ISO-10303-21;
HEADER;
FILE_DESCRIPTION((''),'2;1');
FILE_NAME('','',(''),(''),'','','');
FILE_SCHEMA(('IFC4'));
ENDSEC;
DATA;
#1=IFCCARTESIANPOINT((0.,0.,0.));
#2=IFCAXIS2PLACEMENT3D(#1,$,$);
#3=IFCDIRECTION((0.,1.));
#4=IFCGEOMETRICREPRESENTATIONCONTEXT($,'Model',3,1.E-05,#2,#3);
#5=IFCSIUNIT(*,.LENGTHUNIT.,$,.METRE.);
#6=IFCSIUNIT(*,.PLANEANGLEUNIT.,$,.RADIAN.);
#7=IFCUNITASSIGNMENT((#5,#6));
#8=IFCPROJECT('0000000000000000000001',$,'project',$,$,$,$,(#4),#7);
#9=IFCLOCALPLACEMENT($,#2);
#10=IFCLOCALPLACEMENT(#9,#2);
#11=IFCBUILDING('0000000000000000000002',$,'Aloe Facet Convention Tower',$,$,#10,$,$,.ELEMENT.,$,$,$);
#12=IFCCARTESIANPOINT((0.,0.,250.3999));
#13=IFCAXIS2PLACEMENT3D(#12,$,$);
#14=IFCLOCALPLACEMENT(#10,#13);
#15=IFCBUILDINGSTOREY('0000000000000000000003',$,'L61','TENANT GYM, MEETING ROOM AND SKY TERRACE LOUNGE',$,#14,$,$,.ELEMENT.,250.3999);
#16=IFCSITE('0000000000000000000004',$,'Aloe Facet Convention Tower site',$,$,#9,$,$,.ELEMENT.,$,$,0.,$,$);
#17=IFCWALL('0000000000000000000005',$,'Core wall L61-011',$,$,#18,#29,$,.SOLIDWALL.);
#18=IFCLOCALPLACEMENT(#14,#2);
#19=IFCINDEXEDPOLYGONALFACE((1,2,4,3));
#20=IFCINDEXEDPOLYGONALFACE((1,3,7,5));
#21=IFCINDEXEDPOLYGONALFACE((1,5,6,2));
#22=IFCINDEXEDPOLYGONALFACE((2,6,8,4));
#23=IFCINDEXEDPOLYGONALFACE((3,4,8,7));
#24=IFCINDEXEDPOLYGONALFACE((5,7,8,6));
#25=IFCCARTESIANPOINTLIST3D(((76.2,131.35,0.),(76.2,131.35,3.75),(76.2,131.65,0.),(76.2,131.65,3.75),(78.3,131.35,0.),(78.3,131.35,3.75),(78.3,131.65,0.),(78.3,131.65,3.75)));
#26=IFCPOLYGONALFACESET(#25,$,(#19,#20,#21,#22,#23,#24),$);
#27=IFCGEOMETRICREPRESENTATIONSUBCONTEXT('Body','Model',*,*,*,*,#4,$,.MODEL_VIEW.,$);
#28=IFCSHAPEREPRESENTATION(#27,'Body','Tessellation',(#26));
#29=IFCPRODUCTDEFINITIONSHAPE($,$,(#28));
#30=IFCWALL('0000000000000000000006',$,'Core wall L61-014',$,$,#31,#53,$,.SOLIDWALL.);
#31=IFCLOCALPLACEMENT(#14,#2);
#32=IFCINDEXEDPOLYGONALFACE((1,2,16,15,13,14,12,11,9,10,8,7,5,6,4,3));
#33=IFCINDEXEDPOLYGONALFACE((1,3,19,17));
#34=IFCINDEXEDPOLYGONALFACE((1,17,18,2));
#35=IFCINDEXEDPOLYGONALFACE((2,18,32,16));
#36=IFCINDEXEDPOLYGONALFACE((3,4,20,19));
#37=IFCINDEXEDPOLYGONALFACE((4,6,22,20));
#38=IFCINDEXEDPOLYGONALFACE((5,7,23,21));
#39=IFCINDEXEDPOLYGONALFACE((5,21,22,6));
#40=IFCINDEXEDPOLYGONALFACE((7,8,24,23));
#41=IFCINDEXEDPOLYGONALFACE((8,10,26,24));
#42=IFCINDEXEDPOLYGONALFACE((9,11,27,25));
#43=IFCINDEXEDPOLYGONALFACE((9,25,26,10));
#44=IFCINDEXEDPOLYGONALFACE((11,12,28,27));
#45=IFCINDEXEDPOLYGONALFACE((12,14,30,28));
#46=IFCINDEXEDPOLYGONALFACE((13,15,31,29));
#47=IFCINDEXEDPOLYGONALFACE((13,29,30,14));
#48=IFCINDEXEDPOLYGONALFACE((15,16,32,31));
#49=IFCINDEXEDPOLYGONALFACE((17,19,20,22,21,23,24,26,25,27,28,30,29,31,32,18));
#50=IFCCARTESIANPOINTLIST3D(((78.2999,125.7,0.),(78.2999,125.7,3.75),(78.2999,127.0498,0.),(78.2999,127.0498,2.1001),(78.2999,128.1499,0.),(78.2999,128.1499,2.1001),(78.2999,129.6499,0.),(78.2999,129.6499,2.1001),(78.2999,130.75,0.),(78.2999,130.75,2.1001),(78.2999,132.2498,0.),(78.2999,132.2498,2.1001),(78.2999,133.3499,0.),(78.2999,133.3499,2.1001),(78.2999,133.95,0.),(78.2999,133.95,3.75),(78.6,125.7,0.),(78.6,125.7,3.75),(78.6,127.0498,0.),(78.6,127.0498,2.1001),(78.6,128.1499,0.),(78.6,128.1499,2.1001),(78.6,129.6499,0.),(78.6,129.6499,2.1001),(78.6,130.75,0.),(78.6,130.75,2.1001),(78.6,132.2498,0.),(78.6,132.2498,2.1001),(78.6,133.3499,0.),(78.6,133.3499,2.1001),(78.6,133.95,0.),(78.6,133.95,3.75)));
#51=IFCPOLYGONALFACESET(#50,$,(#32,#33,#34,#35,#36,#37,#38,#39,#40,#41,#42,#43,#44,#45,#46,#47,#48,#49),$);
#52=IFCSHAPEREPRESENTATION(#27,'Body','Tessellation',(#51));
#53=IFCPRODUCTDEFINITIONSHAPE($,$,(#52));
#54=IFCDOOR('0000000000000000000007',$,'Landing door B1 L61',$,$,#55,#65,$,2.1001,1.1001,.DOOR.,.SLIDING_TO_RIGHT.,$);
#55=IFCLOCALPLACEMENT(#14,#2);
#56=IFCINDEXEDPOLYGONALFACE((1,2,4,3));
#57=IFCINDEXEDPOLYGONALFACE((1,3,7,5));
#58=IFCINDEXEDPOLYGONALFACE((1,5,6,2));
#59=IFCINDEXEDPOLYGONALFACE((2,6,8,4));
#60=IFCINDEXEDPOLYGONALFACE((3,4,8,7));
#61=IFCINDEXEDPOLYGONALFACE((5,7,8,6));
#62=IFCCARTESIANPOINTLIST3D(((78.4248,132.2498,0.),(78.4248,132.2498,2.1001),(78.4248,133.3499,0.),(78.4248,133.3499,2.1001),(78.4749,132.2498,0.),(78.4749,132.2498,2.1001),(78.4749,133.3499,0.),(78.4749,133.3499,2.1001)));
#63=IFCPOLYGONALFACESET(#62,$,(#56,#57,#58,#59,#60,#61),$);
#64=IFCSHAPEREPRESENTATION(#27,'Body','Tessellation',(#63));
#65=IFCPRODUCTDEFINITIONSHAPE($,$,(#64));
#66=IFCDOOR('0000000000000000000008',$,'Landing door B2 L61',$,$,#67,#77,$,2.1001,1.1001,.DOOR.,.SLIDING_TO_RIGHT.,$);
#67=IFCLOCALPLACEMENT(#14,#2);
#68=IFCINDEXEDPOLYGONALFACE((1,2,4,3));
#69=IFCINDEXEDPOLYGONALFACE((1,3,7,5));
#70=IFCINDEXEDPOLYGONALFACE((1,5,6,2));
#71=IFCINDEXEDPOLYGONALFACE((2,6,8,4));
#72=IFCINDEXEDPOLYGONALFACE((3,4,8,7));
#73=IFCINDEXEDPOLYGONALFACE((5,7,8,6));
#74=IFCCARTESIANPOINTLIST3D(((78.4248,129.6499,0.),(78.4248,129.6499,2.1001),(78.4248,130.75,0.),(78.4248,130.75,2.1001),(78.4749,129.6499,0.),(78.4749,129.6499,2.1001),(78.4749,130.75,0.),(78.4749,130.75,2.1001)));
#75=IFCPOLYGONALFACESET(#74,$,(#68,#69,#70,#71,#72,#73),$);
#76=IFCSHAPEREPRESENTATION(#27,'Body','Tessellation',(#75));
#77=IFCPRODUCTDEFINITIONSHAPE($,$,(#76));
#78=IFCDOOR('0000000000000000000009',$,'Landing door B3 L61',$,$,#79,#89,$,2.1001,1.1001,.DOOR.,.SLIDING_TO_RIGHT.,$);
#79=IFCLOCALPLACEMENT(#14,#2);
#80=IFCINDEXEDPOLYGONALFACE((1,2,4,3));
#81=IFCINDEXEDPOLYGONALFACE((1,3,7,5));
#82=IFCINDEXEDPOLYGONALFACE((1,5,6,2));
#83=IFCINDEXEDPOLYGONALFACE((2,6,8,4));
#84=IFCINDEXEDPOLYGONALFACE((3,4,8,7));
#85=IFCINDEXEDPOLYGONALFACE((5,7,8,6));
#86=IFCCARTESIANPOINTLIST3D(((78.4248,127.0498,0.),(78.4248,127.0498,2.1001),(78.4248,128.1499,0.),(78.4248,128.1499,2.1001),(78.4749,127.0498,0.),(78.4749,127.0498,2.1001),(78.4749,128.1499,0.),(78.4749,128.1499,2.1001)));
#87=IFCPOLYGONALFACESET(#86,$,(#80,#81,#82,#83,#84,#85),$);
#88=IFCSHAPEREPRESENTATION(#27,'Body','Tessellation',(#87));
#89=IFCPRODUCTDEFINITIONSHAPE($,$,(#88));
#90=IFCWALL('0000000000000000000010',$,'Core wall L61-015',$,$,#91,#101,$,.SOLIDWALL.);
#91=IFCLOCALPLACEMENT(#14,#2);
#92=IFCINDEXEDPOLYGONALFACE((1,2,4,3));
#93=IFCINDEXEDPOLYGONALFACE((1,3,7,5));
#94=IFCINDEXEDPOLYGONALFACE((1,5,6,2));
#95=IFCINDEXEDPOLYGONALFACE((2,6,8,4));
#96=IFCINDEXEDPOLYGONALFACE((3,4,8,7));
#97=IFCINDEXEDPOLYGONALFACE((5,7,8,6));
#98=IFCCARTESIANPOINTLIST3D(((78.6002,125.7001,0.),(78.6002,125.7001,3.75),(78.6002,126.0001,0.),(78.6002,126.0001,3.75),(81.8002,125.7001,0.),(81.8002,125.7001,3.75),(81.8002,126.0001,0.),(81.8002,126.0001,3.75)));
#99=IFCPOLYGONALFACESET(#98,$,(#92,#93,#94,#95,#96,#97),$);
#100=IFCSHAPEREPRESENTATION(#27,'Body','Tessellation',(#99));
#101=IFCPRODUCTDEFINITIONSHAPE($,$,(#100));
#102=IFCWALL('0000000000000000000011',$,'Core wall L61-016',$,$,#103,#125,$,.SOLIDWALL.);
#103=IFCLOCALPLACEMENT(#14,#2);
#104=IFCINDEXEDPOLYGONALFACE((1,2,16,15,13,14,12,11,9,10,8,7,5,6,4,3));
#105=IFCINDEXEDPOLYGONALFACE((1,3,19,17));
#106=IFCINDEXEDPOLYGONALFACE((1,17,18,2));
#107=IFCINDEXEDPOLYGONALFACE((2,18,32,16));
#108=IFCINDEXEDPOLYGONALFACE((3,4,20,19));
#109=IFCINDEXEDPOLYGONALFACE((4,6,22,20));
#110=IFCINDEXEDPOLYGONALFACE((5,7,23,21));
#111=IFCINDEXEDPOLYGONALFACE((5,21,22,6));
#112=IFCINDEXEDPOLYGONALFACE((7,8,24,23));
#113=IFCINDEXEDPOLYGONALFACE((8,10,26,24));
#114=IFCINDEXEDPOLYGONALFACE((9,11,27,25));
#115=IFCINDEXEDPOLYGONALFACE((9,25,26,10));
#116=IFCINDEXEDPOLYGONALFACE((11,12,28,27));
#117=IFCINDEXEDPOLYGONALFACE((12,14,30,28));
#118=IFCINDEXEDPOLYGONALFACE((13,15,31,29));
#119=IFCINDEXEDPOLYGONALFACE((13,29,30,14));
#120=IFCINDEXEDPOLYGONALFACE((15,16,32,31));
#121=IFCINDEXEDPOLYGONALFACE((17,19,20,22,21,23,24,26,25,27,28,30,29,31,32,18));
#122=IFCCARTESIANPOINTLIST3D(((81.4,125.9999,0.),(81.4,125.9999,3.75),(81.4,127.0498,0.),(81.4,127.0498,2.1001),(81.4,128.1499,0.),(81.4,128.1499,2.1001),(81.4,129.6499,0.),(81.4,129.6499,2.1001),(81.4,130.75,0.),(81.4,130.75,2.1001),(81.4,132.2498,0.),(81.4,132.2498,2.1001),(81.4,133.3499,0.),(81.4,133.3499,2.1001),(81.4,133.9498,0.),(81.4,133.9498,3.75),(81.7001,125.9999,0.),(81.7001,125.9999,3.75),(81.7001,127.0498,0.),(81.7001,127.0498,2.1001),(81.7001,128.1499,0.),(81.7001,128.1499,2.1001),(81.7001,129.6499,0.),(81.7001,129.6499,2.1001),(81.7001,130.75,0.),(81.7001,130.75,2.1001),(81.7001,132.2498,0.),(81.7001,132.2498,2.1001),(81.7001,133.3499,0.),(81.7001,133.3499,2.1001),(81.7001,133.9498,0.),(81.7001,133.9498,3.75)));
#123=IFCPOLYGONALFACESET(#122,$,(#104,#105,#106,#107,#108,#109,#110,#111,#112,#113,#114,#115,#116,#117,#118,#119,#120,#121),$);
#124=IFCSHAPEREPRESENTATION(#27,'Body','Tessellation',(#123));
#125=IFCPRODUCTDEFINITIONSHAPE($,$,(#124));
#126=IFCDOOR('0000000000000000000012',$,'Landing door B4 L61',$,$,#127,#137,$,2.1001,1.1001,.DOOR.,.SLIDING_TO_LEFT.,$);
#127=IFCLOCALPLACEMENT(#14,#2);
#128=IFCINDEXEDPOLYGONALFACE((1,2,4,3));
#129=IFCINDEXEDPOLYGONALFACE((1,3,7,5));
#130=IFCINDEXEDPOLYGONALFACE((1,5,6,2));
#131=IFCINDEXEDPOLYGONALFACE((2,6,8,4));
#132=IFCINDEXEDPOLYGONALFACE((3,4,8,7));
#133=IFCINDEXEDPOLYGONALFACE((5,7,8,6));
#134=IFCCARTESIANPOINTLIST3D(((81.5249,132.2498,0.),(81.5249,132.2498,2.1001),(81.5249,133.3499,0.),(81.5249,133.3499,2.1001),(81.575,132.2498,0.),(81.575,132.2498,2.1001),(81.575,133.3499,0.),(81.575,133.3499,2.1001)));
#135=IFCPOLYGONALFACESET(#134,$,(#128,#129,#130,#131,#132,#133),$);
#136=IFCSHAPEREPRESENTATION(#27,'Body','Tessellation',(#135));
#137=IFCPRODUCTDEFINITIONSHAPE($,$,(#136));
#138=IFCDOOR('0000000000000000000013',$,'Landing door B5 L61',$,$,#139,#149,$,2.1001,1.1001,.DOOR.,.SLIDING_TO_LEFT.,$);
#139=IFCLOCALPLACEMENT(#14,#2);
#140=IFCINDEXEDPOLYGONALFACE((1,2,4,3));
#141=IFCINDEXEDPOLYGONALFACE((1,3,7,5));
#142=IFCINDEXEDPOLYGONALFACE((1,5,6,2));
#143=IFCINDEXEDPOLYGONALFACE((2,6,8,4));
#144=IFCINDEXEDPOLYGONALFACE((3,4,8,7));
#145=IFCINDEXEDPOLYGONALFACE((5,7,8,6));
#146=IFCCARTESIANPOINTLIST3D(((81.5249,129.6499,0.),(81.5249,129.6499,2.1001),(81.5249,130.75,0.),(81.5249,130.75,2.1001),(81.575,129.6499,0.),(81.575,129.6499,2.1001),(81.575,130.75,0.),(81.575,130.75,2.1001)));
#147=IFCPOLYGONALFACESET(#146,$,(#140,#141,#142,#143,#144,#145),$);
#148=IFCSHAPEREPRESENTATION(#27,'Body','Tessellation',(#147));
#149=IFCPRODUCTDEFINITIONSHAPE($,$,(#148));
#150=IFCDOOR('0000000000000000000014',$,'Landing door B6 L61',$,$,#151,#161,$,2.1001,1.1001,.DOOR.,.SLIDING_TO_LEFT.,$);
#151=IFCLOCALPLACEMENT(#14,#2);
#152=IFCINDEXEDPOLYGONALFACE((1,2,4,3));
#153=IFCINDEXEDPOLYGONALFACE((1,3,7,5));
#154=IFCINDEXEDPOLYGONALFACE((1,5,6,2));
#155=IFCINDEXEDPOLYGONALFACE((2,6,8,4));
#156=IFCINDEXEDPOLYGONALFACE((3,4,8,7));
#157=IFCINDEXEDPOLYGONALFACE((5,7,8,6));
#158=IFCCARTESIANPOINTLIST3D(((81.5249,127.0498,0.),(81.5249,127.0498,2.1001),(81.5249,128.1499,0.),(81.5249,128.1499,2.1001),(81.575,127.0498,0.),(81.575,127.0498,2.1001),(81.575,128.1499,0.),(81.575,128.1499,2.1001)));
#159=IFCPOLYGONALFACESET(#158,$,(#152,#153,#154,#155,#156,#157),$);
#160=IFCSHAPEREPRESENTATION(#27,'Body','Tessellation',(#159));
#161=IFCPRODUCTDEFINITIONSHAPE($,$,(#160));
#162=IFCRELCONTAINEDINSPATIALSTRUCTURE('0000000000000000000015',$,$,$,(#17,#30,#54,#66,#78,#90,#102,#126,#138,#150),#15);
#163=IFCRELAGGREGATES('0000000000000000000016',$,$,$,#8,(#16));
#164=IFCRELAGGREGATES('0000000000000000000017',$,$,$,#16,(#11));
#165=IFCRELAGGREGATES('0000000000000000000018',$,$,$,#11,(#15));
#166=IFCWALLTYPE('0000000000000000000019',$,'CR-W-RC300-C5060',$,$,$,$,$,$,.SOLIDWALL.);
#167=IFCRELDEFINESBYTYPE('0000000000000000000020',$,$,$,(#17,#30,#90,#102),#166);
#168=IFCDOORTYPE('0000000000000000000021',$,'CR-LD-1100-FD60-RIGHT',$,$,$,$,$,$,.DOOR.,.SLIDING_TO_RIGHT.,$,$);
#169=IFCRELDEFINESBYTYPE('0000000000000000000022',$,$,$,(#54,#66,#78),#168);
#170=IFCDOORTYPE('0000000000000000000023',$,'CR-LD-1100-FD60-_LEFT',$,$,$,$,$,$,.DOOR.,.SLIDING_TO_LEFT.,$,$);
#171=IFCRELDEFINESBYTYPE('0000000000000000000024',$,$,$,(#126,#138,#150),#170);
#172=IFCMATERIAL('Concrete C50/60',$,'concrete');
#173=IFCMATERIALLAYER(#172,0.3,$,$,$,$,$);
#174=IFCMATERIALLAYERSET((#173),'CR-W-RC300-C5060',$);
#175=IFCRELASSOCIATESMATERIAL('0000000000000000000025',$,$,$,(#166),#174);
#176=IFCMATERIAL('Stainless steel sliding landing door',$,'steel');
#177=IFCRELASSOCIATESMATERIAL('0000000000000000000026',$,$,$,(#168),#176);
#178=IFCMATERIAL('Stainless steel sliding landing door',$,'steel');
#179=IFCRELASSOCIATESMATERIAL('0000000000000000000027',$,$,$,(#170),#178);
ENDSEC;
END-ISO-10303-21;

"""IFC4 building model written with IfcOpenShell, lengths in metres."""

from ifc_helpers import new_model, si_unit, direction, frame, frame_2d, origin, place, context, subcontext, project, spatial, rectangle, extrude, material, layer, layer_set, type_object, element, fill, save


model = new_model("IFC4")

# Units and contexts
model_context = context("Model", 3, precision=1e-05, world=origin(), true_north=direction((0.0, 1.0)))
body_context = subcontext(model_context, "Body", "Model", "MODEL_VIEW")
ifc_project = project(units=[si_unit("LENGTHUNIT", "METRE"), si_unit("PLANEANGLEUNIT", "RADIAN")], contexts=[model_context])

# Site, building, storey
site_placement = place(None, origin())
site = spatial("IfcSite", under=ifc_project, at=site_placement, Name="Aloe Facet Convention Tower site", CompositionType="ELEMENT", RefElevation=0.0)
building_placement = place(site_placement, origin())
building = spatial("IfcBuilding", under=site, at=building_placement, Name="Aloe Facet Convention Tower", CompositionType="ELEMENT")
storey_placement = place(building_placement, frame((0.0, 0.0, 250.3999)))
storey = spatial("IfcBuildingStorey", under=building, at=storey_placement, Name="L61", Description="TENANT GYM, MEETING ROOM AND SKY TERRACE LOUNGE", CompositionType="ELEMENT", Elevation=250.3999)

# Wall
ifc_material_1 = material(Name="Concrete C50/60", Category="concrete")
ifc_layer = layer(ifc_material_1, 0.3)
ifc_layer_set = layer_set([ifc_layer], Name="CR-W-RC300-C5060")
wall_type = type_object("IfcWallType", Name="CR-W-RC300-C5060", PredefinedType="SOLIDWALL", material=ifc_layer_set)
wall_1_placement = place(storey_placement, frame((76.2, 131.5, 0.0), z_axis=(0.0, 0.0, 1.0), x_axis=(1.0, 0.0, 0.0)))
element("IfcWall", 1, at=wall_1_placement, inside=storey, type_object=wall_type, Name="Core wall L61-011", PredefinedType="SOLIDWALL", context=body_context, shape_type="SweptSolid", body=[
    extrude(rectangle(XDim=2.1001, YDim=0.3, at=frame_2d((1.05, 0.0))), origin(), (0.0, 0.0, 1.0), 3.75),
])

# Wall, openings, doors
wall_2_placement = place(storey_placement, frame((78.45, 133.95, 0.0), z_axis=(0.0, 0.0, 1.0), x_axis=(0.0, -1.0, 0.0)))
wall_2 = element("IfcWall", 2, at=wall_2_placement, inside=storey, type_object=wall_type, Name="Core wall L61-014", PredefinedType="SOLIDWALL", context=body_context, shape_type="SweptSolid", body=[
    extrude(rectangle(XDim=8.25, YDim=0.3, at=frame_2d((4.125, 0.0))), origin(), (0.0, 0.0, 1.0), 3.75),
])
opening_1_placement = place(wall_2_placement, frame((0.6001, 0.0, 0.0)))
opening_1 = element("IfcOpeningElement", 3, at=opening_1_placement, cuts=wall_2, PredefinedType="OPENING", context=body_context, shape_type="SweptSolid", body=[
    extrude(rectangle(XDim=1.1001, YDim=2.1001, at=frame_2d((0.55, 1.05))), frame((0.0, 0.1602, 0.0), z_axis=(0.0, -1.0, 0.0), x_axis=(1.0, 0.0, 0.0)), (0.0, 0.0, 1.0), 0.3201),
])
opening_2_placement = place(wall_2_placement, frame((3.2, 0.0, 0.0)))
opening_2 = element("IfcOpeningElement", 4, at=opening_2_placement, cuts=wall_2, PredefinedType="OPENING", context=body_context, shape_type="SweptSolid", body=[
    extrude(rectangle(XDim=1.1001, YDim=2.1001, at=frame_2d((0.55, 1.05))), frame((0.0, 0.1602, 0.0), z_axis=(0.0, -1.0, 0.0), x_axis=(1.0, 0.0, 0.0)), (0.0, 0.0, 1.0), 0.3201),
])
opening_3_placement = place(wall_2_placement, frame((5.8, 0.0, 0.0)))
opening_3 = element("IfcOpeningElement", 5, at=opening_3_placement, cuts=wall_2, PredefinedType="OPENING", context=body_context, shape_type="SweptSolid", body=[
    extrude(rectangle(XDim=1.1001, YDim=2.1001, at=frame_2d((0.55, 1.05))), frame((0.0, 0.1602, 0.0), z_axis=(0.0, -1.0, 0.0), x_axis=(1.0, 0.0, 0.0)), (0.0, 0.0, 1.0), 0.3201),
])
ifc_material_2 = material(Name="Stainless steel sliding landing door", Category="steel")
door_type_1 = type_object("IfcDoorType", Name="CR-LD-1100-FD60-RIGHT", OperationType="SLIDING_TO_RIGHT", PredefinedType="DOOR", material=ifc_material_2)
door_1_placement = place(opening_1_placement, origin())
door_1 = element("IfcDoor", 6, at=door_1_placement, inside=storey, type_object=door_type_1, Name="Landing door B1 L61", OperationType="SLIDING_TO_RIGHT", OverallHeight=2.1001, OverallWidth=1.1001, PredefinedType="DOOR", context=body_context, shape_type="SweptSolid", body=[
    extrude(rectangle(XDim=1.1001, YDim=2.1001, at=frame_2d((0.55, 1.05))), frame((0.0, 0.0249, 0.0), z_axis=(0.0, -1.0, 0.0), x_axis=(1.0, 0.0, 0.0)), (0.0, 0.0, 1.0), 0.05),
])
fill(opening_1, door_1)
door_2_placement = place(opening_2_placement, origin())
door_2 = element("IfcDoor", 7, at=door_2_placement, inside=storey, type_object=door_type_1, Name="Landing door B2 L61", OperationType="SLIDING_TO_RIGHT", OverallHeight=2.1001, OverallWidth=1.1001, PredefinedType="DOOR", context=body_context, shape_type="SweptSolid", body=[
    extrude(rectangle(XDim=1.1001, YDim=2.1001, at=frame_2d((0.55, 1.05))), frame((0.0, 0.0249, 0.0), z_axis=(0.0, -1.0, 0.0), x_axis=(1.0, 0.0, 0.0)), (0.0, 0.0, 1.0), 0.05),
])
fill(opening_2, door_2)
door_3_placement = place(opening_3_placement, origin())
door_3 = element("IfcDoor", 8, at=door_3_placement, inside=storey, type_object=door_type_1, Name="Landing door B3 L61", OperationType="SLIDING_TO_RIGHT", OverallHeight=2.1001, OverallWidth=1.1001, PredefinedType="DOOR", context=body_context, shape_type="SweptSolid", body=[
    extrude(rectangle(XDim=1.1001, YDim=2.1001, at=frame_2d((0.55, 1.05))), frame((0.0, 0.0249, 0.0), z_axis=(0.0, -1.0, 0.0), x_axis=(1.0, 0.0, 0.0)), (0.0, 0.0, 1.0), 0.05),
])
fill(opening_3, door_3)

# Wall
wall_3_placement = place(storey_placement, frame((78.6001, 125.8501, 0.0), z_axis=(0.0, 0.0, 1.0), x_axis=(1.0, 0.0, 0.0)))
element("IfcWall", 9, at=wall_3_placement, inside=storey, type_object=wall_type, Name="Core wall L61-015", PredefinedType="SOLIDWALL", context=body_context, shape_type="SweptSolid", body=[
    extrude(rectangle(XDim=3.2, YDim=0.3, at=frame_2d((1.6001, 0.0))), origin(), (0.0, 0.0, 1.0), 3.75),
])

# Wall, openings, doors
wall_4_placement = place(storey_placement, frame((81.55, 133.95, 0.0), z_axis=(0.0, 0.0, 1.0), x_axis=(0.0, -1.0, 0.0)))
wall_4 = element("IfcWall", 10, at=wall_4_placement, inside=storey, type_object=wall_type, Name="Core wall L61-016", PredefinedType="SOLIDWALL", context=body_context, shape_type="SweptSolid", body=[
    extrude(rectangle(XDim=7.95, YDim=0.3, at=frame_2d((3.9751, 0.0))), origin(), (0.0, 0.0, 1.0), 3.75),
])
opening_4_placement = place(wall_4_placement, frame((0.6001, 0.0, 0.0)))
opening_4 = element("IfcOpeningElement", 11, at=opening_4_placement, cuts=wall_4, PredefinedType="OPENING", context=body_context, shape_type="SweptSolid", body=[
    extrude(rectangle(XDim=1.1001, YDim=2.1001, at=frame_2d((0.55, 1.05))), frame((0.0, 0.1602, 0.0), z_axis=(0.0, -1.0, 0.0), x_axis=(1.0, 0.0, 0.0)), (0.0, 0.0, 1.0), 0.3201),
])
opening_5_placement = place(wall_4_placement, frame((3.2, 0.0, 0.0)))
opening_5 = element("IfcOpeningElement", 12, at=opening_5_placement, cuts=wall_4, PredefinedType="OPENING", context=body_context, shape_type="SweptSolid", body=[
    extrude(rectangle(XDim=1.1001, YDim=2.1001, at=frame_2d((0.55, 1.05))), frame((0.0, 0.1602, 0.0), z_axis=(0.0, -1.0, 0.0), x_axis=(1.0, 0.0, 0.0)), (0.0, 0.0, 1.0), 0.3201),
])
opening_6_placement = place(wall_4_placement, frame((5.8, 0.0, 0.0)))
opening_6 = element("IfcOpeningElement", 13, at=opening_6_placement, cuts=wall_4, PredefinedType="OPENING", context=body_context, shape_type="SweptSolid", body=[
    extrude(rectangle(XDim=1.1001, YDim=2.1001, at=frame_2d((0.55, 1.05))), frame((0.0, 0.1602, 0.0), z_axis=(0.0, -1.0, 0.0), x_axis=(1.0, 0.0, 0.0)), (0.0, 0.0, 1.0), 0.3201),
])
ifc_material_3 = material(Name="Stainless steel sliding landing door", Category="steel")
door_type_2 = type_object("IfcDoorType", Name="CR-LD-1100-FD60-_LEFT", OperationType="SLIDING_TO_LEFT", PredefinedType="DOOR", material=ifc_material_3)
door_4_placement = place(opening_4_placement, origin())
door_4 = element("IfcDoor", 14, at=door_4_placement, inside=storey, type_object=door_type_2, Name="Landing door B4 L61", OperationType="SLIDING_TO_LEFT", OverallHeight=2.1001, OverallWidth=1.1001, PredefinedType="DOOR", context=body_context, shape_type="SweptSolid", body=[
    extrude(rectangle(XDim=1.1001, YDim=2.1001, at=frame_2d((0.55, 1.05))), frame((0.0, 0.0249, 0.0), z_axis=(0.0, -1.0, 0.0), x_axis=(1.0, 0.0, 0.0)), (0.0, 0.0, 1.0), 0.05),
])
fill(opening_4, door_4)
door_5_placement = place(opening_5_placement, origin())
door_5 = element("IfcDoor", 15, at=door_5_placement, inside=storey, type_object=door_type_2, Name="Landing door B5 L61", OperationType="SLIDING_TO_LEFT", OverallHeight=2.1001, OverallWidth=1.1001, PredefinedType="DOOR", context=body_context, shape_type="SweptSolid", body=[
    extrude(rectangle(XDim=1.1001, YDim=2.1001, at=frame_2d((0.55, 1.05))), frame((0.0, 0.0249, 0.0), z_axis=(0.0, -1.0, 0.0), x_axis=(1.0, 0.0, 0.0)), (0.0, 0.0, 1.0), 0.05),
])
fill(opening_5, door_5)
door_6_placement = place(opening_6_placement, origin())
door_6 = element("IfcDoor", 16, at=door_6_placement, inside=storey, type_object=door_type_2, Name="Landing door B6 L61", OperationType="SLIDING_TO_LEFT", OverallHeight=2.1001, OverallWidth=1.1001, PredefinedType="DOOR", context=body_context, shape_type="SweptSolid", body=[
    extrude(rectangle(XDim=1.1001, YDim=2.1001, at=frame_2d((0.55, 1.05))), frame((0.0, 0.0249, 0.0), z_axis=(0.0, -1.0, 0.0), x_axis=(1.0, 0.0, 0.0)), (0.0, 0.0, 1.0), 0.05),
])
fill(opening_6, door_6)

save(model, "model.ifc")
